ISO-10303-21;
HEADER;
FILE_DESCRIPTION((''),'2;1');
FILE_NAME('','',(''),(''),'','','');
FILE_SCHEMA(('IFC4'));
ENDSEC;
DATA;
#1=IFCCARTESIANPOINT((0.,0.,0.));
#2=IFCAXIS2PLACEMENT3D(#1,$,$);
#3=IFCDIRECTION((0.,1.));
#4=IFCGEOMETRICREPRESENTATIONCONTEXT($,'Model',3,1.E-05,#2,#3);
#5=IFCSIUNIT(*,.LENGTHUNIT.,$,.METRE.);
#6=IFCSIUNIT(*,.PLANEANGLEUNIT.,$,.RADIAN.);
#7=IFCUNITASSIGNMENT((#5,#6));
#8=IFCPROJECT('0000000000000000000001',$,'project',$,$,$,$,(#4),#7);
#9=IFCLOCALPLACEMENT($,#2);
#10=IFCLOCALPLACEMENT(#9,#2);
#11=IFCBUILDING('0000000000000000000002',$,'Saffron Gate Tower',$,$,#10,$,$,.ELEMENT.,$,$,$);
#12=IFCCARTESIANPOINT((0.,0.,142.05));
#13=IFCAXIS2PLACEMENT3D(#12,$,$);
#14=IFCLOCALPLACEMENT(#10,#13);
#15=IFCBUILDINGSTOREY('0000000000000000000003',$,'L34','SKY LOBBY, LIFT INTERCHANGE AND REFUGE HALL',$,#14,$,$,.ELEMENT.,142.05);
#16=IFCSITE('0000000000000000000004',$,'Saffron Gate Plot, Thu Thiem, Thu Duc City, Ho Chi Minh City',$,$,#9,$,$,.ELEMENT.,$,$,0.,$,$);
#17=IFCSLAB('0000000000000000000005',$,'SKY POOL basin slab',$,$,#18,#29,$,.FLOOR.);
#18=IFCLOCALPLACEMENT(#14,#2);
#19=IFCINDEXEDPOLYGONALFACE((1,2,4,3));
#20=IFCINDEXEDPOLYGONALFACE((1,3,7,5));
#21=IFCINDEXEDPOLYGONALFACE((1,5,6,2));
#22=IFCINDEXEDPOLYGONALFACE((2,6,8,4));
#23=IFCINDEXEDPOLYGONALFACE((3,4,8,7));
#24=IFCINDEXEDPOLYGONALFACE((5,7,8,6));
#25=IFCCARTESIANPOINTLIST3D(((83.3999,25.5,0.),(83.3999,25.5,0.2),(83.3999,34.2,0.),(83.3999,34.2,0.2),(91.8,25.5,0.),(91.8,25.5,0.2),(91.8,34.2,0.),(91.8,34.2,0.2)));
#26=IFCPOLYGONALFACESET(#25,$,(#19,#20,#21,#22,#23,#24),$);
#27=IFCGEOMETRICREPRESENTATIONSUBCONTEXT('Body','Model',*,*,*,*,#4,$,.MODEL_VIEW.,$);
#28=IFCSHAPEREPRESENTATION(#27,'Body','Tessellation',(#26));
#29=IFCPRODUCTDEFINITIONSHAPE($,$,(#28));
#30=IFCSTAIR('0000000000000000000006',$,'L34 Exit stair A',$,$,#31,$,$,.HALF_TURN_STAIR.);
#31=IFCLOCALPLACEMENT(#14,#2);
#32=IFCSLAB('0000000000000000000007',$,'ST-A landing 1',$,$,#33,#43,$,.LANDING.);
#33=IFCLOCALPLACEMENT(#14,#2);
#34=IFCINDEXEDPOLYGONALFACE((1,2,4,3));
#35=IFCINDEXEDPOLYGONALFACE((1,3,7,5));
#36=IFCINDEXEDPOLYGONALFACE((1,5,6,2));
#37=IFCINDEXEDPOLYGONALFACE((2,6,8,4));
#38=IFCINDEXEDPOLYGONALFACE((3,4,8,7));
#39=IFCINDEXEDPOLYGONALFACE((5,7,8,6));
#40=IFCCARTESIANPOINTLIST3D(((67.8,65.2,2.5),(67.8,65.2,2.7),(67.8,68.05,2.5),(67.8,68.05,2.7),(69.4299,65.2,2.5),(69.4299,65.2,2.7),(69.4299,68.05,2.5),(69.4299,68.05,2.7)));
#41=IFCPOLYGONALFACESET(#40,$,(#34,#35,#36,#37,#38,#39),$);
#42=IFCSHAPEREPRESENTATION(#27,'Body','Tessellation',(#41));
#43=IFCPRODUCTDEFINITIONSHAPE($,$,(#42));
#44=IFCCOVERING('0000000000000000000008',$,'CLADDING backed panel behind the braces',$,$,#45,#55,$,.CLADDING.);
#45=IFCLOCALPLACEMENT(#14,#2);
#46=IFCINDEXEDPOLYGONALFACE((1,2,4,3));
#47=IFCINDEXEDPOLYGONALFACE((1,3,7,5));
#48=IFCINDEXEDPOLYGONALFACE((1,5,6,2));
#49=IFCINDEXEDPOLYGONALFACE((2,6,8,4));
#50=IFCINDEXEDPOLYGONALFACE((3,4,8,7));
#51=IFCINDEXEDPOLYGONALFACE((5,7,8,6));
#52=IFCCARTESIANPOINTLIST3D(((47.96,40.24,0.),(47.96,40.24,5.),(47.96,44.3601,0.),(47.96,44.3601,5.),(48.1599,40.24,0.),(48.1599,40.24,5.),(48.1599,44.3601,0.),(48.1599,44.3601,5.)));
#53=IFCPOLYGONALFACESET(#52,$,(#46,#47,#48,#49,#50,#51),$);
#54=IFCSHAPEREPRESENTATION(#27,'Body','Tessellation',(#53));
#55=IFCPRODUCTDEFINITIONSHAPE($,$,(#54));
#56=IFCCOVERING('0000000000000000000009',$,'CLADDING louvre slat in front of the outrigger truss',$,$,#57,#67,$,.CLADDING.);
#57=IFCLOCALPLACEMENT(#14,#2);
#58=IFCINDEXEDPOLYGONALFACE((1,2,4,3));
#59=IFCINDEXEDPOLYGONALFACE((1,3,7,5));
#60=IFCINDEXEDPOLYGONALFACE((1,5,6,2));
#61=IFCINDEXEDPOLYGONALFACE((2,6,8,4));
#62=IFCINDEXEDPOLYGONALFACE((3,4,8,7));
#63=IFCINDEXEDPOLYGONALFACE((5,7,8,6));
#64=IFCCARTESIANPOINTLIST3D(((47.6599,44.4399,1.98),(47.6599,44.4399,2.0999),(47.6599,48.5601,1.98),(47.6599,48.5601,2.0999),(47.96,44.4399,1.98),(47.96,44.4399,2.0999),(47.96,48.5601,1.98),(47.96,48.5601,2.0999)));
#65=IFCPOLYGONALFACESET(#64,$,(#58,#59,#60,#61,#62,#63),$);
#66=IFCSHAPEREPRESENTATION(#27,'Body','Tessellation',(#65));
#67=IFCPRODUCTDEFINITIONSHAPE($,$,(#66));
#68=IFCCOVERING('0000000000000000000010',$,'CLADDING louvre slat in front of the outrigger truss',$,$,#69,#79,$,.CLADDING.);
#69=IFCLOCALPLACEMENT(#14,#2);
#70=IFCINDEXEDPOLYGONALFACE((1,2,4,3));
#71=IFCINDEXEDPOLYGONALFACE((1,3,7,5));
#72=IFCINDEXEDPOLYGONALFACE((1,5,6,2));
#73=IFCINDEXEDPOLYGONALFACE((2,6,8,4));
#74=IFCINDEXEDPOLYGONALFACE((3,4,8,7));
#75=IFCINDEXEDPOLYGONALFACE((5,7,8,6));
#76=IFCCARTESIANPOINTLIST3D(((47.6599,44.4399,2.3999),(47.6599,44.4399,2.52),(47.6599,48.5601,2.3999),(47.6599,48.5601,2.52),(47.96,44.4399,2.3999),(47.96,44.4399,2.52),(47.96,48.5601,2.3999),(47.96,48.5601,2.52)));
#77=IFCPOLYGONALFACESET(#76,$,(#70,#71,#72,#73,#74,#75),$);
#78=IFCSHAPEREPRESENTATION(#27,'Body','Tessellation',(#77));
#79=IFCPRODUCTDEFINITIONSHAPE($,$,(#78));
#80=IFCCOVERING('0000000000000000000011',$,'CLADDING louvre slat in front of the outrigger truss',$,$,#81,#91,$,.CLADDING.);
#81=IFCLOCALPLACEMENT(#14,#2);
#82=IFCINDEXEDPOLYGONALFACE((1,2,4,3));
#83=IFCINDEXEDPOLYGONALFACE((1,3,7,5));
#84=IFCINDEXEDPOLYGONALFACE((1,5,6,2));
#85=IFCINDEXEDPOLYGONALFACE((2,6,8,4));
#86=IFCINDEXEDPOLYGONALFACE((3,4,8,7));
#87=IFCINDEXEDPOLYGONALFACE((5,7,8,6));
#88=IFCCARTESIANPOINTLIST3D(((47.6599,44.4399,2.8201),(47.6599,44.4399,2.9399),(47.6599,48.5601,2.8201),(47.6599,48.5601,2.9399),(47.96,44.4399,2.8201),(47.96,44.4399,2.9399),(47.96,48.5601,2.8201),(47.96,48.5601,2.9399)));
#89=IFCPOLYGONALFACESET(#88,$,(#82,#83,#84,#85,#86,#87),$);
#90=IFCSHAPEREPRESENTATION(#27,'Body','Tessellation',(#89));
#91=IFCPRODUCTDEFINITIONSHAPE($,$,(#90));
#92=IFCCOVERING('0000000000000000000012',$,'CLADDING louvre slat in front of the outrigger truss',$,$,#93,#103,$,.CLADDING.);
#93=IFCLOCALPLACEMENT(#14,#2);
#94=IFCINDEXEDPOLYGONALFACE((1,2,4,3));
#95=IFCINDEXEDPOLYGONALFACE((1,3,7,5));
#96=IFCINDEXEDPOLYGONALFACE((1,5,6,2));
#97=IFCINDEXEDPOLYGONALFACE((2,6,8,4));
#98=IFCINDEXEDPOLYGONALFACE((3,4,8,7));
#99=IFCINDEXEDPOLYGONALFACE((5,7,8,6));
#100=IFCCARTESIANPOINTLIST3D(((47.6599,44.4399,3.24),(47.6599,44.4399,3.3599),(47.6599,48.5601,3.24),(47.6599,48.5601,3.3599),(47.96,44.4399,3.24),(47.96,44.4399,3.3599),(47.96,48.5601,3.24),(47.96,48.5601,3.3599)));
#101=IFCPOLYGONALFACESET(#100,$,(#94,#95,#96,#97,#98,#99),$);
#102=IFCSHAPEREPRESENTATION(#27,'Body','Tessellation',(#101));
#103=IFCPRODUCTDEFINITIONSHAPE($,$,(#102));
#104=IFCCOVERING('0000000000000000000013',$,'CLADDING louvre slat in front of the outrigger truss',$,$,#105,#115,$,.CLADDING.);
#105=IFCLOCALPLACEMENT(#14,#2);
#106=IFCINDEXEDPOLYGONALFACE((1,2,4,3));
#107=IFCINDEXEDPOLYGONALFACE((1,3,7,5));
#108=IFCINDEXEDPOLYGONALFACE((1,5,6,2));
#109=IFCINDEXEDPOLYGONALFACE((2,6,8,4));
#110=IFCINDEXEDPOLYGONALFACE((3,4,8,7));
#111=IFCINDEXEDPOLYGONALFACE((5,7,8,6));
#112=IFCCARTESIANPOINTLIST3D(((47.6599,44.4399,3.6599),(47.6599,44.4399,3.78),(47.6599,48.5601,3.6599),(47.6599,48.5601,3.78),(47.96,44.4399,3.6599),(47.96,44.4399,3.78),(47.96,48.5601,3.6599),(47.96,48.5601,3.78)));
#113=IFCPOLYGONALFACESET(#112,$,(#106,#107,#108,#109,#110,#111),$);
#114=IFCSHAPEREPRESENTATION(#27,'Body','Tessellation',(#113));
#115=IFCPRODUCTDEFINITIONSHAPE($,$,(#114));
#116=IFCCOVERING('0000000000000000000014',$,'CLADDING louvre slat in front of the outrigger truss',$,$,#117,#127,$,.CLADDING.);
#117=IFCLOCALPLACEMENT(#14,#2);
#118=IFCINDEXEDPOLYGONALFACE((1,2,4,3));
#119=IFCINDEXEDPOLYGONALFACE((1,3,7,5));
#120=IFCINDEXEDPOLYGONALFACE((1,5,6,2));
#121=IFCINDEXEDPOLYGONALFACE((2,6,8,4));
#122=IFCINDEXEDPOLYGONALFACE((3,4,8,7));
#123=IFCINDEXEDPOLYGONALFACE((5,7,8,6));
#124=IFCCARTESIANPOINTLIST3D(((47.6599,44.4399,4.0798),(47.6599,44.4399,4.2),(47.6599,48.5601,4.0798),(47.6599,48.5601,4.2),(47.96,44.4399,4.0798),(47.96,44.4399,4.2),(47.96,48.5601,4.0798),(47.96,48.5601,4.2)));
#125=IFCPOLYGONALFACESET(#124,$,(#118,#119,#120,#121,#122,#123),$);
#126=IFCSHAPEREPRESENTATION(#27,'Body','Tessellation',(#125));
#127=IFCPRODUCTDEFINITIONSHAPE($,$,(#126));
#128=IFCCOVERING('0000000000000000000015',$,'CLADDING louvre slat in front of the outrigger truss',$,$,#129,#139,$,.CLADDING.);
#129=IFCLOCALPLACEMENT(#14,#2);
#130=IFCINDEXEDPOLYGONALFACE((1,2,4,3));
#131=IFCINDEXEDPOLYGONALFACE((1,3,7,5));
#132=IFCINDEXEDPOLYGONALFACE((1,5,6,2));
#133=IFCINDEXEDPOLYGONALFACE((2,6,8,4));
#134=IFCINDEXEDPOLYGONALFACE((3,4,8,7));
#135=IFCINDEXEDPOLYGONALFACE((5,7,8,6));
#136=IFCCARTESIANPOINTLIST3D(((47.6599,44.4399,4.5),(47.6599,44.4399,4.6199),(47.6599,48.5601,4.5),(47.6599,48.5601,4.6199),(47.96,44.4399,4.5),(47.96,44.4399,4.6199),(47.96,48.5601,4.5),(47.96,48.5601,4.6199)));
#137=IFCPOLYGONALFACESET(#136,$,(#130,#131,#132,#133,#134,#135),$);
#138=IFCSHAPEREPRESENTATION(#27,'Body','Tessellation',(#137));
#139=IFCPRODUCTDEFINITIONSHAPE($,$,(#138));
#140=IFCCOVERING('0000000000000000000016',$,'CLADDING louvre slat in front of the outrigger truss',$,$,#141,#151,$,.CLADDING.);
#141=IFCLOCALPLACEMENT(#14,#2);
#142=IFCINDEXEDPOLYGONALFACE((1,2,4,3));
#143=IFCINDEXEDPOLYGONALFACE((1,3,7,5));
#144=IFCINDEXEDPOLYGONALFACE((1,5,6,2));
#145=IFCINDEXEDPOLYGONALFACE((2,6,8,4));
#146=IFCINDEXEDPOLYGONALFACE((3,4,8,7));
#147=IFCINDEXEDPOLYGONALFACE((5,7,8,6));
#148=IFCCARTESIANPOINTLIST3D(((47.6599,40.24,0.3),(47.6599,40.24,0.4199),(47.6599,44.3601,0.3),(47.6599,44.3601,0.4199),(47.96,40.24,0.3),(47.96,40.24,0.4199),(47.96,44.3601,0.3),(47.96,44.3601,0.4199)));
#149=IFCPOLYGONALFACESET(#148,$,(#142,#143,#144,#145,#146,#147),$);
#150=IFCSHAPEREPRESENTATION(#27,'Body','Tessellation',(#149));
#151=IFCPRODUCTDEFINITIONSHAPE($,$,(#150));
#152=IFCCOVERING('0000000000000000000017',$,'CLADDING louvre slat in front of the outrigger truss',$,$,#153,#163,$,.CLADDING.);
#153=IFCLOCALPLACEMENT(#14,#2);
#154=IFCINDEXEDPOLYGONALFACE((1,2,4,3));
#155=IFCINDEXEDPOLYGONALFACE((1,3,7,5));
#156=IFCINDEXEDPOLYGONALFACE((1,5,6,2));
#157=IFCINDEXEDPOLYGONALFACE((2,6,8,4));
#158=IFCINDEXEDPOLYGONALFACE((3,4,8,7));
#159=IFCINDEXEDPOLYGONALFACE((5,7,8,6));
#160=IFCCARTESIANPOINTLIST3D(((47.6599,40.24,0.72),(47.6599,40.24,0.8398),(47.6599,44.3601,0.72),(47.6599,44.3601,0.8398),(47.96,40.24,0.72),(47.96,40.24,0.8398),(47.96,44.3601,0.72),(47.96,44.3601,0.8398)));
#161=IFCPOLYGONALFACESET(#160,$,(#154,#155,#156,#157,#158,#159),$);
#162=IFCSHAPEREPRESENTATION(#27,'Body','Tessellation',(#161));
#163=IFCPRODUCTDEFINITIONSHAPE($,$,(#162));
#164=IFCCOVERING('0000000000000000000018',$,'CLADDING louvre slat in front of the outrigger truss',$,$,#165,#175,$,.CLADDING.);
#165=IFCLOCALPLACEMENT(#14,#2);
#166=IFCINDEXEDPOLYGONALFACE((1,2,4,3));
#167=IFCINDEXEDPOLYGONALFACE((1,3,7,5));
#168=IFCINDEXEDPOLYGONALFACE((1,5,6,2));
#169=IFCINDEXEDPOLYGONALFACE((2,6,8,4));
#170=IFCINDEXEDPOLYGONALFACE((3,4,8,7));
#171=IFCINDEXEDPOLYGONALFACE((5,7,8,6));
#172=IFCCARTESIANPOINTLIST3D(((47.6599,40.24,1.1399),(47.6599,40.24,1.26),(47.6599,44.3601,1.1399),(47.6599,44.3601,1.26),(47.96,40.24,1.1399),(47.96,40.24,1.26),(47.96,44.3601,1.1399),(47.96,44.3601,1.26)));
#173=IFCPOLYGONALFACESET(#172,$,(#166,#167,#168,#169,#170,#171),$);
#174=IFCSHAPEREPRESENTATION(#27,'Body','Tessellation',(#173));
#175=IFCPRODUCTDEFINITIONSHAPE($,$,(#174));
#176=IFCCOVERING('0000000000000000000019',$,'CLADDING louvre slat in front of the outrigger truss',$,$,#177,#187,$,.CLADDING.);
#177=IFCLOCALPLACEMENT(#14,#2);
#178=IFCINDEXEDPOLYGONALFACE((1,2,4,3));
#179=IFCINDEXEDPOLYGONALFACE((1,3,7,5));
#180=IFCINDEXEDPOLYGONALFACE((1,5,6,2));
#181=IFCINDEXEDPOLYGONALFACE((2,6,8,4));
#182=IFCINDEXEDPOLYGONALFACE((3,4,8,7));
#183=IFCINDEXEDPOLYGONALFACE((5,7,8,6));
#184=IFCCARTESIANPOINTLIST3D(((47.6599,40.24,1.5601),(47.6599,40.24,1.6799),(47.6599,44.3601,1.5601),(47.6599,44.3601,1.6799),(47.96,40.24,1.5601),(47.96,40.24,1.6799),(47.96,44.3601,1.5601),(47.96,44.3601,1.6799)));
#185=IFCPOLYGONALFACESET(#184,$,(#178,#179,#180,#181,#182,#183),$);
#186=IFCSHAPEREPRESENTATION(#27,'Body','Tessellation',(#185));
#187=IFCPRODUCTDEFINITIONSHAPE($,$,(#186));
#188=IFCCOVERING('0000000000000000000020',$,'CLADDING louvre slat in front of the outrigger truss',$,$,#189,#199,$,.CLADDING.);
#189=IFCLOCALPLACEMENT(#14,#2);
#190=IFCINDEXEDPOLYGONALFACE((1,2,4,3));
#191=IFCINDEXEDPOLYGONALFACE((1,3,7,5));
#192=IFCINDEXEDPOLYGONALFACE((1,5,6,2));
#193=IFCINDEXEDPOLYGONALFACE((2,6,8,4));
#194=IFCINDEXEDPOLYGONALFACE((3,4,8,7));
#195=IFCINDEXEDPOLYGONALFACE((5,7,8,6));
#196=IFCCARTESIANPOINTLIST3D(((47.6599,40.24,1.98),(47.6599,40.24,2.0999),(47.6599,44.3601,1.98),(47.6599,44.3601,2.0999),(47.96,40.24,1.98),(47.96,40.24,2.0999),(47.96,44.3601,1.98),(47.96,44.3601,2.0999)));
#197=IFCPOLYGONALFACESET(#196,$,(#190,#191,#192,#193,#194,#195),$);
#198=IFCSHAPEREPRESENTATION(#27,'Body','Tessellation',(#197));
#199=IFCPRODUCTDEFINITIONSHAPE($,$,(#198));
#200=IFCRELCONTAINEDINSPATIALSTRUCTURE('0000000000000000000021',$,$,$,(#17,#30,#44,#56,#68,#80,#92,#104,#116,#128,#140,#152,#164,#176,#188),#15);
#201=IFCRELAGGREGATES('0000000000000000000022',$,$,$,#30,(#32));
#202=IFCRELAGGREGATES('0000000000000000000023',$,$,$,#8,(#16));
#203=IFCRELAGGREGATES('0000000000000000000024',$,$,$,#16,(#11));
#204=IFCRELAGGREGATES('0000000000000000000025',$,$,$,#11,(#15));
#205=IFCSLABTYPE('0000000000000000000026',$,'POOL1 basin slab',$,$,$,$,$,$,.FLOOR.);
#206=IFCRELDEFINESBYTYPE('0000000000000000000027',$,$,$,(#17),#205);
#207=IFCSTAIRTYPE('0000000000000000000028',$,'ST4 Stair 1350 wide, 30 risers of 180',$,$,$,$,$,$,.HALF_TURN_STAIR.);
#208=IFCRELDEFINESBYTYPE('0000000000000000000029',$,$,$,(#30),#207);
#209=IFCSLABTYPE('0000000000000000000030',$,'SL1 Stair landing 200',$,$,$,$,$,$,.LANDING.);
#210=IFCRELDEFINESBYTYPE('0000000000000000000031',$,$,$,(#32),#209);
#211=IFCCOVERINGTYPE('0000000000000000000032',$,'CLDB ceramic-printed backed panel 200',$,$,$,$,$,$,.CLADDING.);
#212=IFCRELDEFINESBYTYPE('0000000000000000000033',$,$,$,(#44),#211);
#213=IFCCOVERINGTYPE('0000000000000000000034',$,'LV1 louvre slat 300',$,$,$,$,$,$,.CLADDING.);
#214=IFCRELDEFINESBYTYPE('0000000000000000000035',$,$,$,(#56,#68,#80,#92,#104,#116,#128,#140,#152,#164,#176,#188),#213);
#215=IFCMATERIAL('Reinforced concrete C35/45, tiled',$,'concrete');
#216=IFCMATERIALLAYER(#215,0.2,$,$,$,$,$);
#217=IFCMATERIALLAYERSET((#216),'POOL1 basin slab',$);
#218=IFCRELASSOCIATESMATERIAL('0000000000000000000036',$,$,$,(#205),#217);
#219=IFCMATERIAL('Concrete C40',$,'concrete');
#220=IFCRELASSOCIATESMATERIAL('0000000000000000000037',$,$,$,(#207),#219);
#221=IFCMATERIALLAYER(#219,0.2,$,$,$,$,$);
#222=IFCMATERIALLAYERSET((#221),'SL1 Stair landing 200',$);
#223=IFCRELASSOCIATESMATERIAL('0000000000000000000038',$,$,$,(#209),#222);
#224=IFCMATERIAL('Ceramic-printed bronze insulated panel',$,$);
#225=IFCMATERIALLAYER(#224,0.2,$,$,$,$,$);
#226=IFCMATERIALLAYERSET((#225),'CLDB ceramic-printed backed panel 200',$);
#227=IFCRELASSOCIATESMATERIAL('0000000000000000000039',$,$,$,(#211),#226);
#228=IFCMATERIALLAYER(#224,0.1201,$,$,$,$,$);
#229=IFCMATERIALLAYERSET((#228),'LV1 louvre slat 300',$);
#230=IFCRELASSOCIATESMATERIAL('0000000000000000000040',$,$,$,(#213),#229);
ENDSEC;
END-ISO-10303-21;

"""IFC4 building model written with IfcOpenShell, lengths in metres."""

from ifc_helpers import new_model, si_unit, direction, frame, origin, place, context, subcontext, project, spatial, polyline, outline, extrude, material, layer, layer_set, type_object, element, aggregate, save


model = new_model("IFC4")

# Units and contexts
model_context = context("Model", 3, precision=1e-05, world=origin(), true_north=direction((0.0, 1.0)))
body_context = subcontext(model_context, "Body", "Model", "MODEL_VIEW")
ifc_project = project(units=[si_unit("LENGTHUNIT", "METRE"), si_unit("PLANEANGLEUNIT", "RADIAN")], contexts=[model_context])

# Site, building, storey
site_placement = place(None, origin())
site = spatial("IfcSite", under=ifc_project, at=site_placement, Name="Saffron Gate Plot, Thu Thiem, Thu Duc City, Ho Chi Minh City", CompositionType="ELEMENT", RefElevation=0.0)
building_placement = place(site_placement, origin())
building = spatial("IfcBuilding", under=site, at=building_placement, Name="Saffron Gate Tower", CompositionType="ELEMENT")
storey_placement = place(building_placement, frame((0.0, 0.0, 142.05)))
storey = spatial("IfcBuildingStorey", under=building, at=storey_placement, Name="L34", Description="SKY LOBBY, LIFT INTERCHANGE AND REFUGE HALL", CompositionType="ELEMENT", Elevation=142.05)

# Slab
ifc_material_1 = material(Name="Reinforced concrete C35/45, tiled", Category="concrete")
ifc_layer_1 = layer(ifc_material_1, 0.2)
ifc_layer_set_1 = layer_set([ifc_layer_1], Name="POOL1 basin slab")
slab_type_1 = type_object("IfcSlabType", Name="POOL1 basin slab", PredefinedType="FLOOR", material=ifc_layer_set_1)
slab_1_placement = place(storey_placement, origin())
element("IfcSlab", 1, at=slab_1_placement, inside=storey, type_object=slab_type_1, Name="SKY POOL basin slab", PredefinedType="FLOOR", context=body_context, shape_type="SweptSolid", body=[
    extrude(outline(polyline([(83.3999, 25.5), (91.8, 25.5), (91.8, 34.2), (83.3999, 34.2), (83.3999, 25.5)])), origin(), (0.0, 0.0, 1.0), 0.2),
])

# Stair, slab
ifc_material_2 = material(Name="Concrete C40", Category="concrete")
stair_type = type_object("IfcStairType", Name="ST4 Stair 1350 wide, 30 risers of 180", PredefinedType="HALF_TURN_STAIR", material=ifc_material_2)
stair_placement = place(storey_placement, origin())
stair = element("IfcStair", 2, at=stair_placement, inside=storey, type_object=stair_type, Name="L34 Exit stair A", PredefinedType="HALF_TURN_STAIR")
ifc_layer_2 = layer(ifc_material_2, 0.2)
ifc_layer_set_2 = layer_set([ifc_layer_2], Name="SL1 Stair landing 200")
slab_type_2 = type_object("IfcSlabType", Name="SL1 Stair landing 200", PredefinedType="LANDING", material=ifc_layer_set_2)
slab_2_placement = place(storey_placement, frame((0.0, 0.0, 2.5)))
slab_2 = element("IfcSlab", 3, at=slab_2_placement, type_object=slab_type_2, Name="ST-A landing 1", PredefinedType="LANDING", context=body_context, shape_type="SweptSolid", body=[
    extrude(outline(polyline([(69.4299, 68.05), (67.8, 68.05), (67.8, 65.2), (69.4299, 65.2), (69.4299, 68.05)])), origin(), (0.0, 0.0, 1.0), 0.2),
])
aggregate(stair, [slab_2])

# Coverings
ifc_material_3 = material(Name="Ceramic-printed bronze insulated panel")
ifc_layer_3 = layer(ifc_material_3, 0.2)
ifc_layer_set_3 = layer_set([ifc_layer_3], Name="CLDB ceramic-printed backed panel 200")
covering_type_1 = type_object("IfcCoveringType", Name="CLDB ceramic-printed backed panel 200", PredefinedType="CLADDING", material=ifc_layer_set_3)
covering_1_placement = place(storey_placement, origin())
element("IfcCovering", 4, at=covering_1_placement, inside=storey, type_object=covering_type_1, Name="CLADDING backed panel behind the braces", PredefinedType="CLADDING", context=body_context, shape_type="SweptSolid", body=[
    extrude(outline(polyline([(47.96, 44.3601), (47.96, 40.24), (48.1599, 40.24), (48.1599, 44.3601), (47.96, 44.3601)])), origin(), (0.0, 0.0, 1.0), 5.0),
])
ifc_layer_4 = layer(ifc_material_3, 0.1201)
ifc_layer_set_4 = layer_set([ifc_layer_4], Name="LV1 louvre slat 300")
covering_type_2 = type_object("IfcCoveringType", Name="LV1 louvre slat 300", PredefinedType="CLADDING", material=ifc_layer_set_4)
covering_2_placement = place(storey_placement, frame((0.0, 0.0, 1.98)))
element("IfcCovering", 5, at=covering_2_placement, inside=storey, type_object=covering_type_2, Name="CLADDING louvre slat in front of the outrigger truss", PredefinedType="CLADDING", context=body_context, shape_type="SweptSolid", body=[
    extrude(outline(polyline([(47.6599, 48.5601), (47.6599, 44.4399), (47.96, 44.4399), (47.96, 48.5601), (47.6599, 48.5601)])), origin(), (0.0, 0.0, 1.0), 0.1199),
])
covering_3_placement = place(storey_placement, frame((0.0, 0.0, 2.3999)))
element("IfcCovering", 6, at=covering_3_placement, inside=storey, type_object=covering_type_2, Name="CLADDING louvre slat in front of the outrigger truss", PredefinedType="CLADDING", context=body_context, shape_type="SweptSolid", body=[
    extrude(outline(polyline([(47.6599, 48.5601), (47.6599, 44.4399), (47.96, 44.4399), (47.96, 48.5601), (47.6599, 48.5601)])), origin(), (0.0, 0.0, 1.0), 0.1201),
])
for number, where, name in (
    (7, (0.0, 0.0, 2.8201), "CLADDING louvre slat in front of the outrigger truss"),
    (8, (0.0, 0.0, 3.24), "CLADDING louvre slat in front of the outrigger truss"),
):
    element("IfcCovering", number, at=place(storey_placement, frame(where)), inside=storey, type_object=covering_type_2, Name=name, PredefinedType="CLADDING", context=body_context, shape_type="SweptSolid", body=[
        extrude(outline(polyline([(47.6599, 48.5601), (47.6599, 44.4399), (47.96, 44.4399), (47.96, 48.5601), (47.6599, 48.5601)])), origin(), (0.0, 0.0, 1.0), 0.1199),
    ])
for number, where, name in (
    (9, (0.0, 0.0, 3.6599), "CLADDING louvre slat in front of the outrigger truss"),
    (10, (0.0, 0.0, 4.0798), "CLADDING louvre slat in front of the outrigger truss"),
):
    element("IfcCovering", number, at=place(storey_placement, frame(where)), inside=storey, type_object=covering_type_2, Name=name, PredefinedType="CLADDING", context=body_context, shape_type="SweptSolid", body=[
        extrude(outline(polyline([(47.6599, 48.5601), (47.6599, 44.4399), (47.96, 44.4399), (47.96, 48.5601), (47.6599, 48.5601)])), origin(), (0.0, 0.0, 1.0), 0.1201),
    ])
covering_4_placement = place(storey_placement, frame((0.0, 0.0, 4.5)))
element("IfcCovering", 11, at=covering_4_placement, inside=storey, type_object=covering_type_2, Name="CLADDING louvre slat in front of the outrigger truss", PredefinedType="CLADDING", context=body_context, shape_type="SweptSolid", body=[
    extrude(outline(polyline([(47.6599, 48.5601), (47.6599, 44.4399), (47.96, 44.4399), (47.96, 48.5601), (47.6599, 48.5601)])), origin(), (0.0, 0.0, 1.0), 0.1199),
])
for number, where, name in (
    (12, (0.0, 0.0, 0.3), "CLADDING louvre slat in front of the outrigger truss"),
    (13, (0.0, 0.0, 0.72), "CLADDING louvre slat in front of the outrigger truss"),
):
    element("IfcCovering", number, at=place(storey_placement, frame(where)), inside=storey, type_object=covering_type_2, Name=name, PredefinedType="CLADDING", context=body_context, shape_type="SweptSolid", body=[
        extrude(outline(polyline([(47.6599, 44.3601), (47.6599, 40.24), (47.96, 40.24), (47.96, 44.3601), (47.6599, 44.3601)])), origin(), (0.0, 0.0, 1.0), 0.1199),
    ])
covering_5_placement = place(storey_placement, frame((0.0, 0.0, 1.1399)))
element("IfcCovering", 14, at=covering_5_placement, inside=storey, type_object=covering_type_2, Name="CLADDING louvre slat in front of the outrigger truss", PredefinedType="CLADDING", context=body_context, shape_type="SweptSolid", body=[
    extrude(outline(polyline([(47.6599, 44.3601), (47.6599, 40.24), (47.96, 40.24), (47.96, 44.3601), (47.6599, 44.3601)])), origin(), (0.0, 0.0, 1.0), 0.1201),
])
for number, where, name in (
    (15, (0.0, 0.0, 1.5601), "CLADDING louvre slat in front of the outrigger truss"),
    (16, (0.0, 0.0, 1.98), "CLADDING louvre slat in front of the outrigger truss"),
):
    element("IfcCovering", number, at=place(storey_placement, frame(where)), inside=storey, type_object=covering_type_2, Name=name, PredefinedType="CLADDING", context=body_context, shape_type="SweptSolid", body=[
        extrude(outline(polyline([(47.6599, 44.3601), (47.6599, 40.24), (47.96, 40.24), (47.96, 44.3601), (47.6599, 44.3601)])), origin(), (0.0, 0.0, 1.0), 0.1199),
    ])

save(model, "model.ifc")
